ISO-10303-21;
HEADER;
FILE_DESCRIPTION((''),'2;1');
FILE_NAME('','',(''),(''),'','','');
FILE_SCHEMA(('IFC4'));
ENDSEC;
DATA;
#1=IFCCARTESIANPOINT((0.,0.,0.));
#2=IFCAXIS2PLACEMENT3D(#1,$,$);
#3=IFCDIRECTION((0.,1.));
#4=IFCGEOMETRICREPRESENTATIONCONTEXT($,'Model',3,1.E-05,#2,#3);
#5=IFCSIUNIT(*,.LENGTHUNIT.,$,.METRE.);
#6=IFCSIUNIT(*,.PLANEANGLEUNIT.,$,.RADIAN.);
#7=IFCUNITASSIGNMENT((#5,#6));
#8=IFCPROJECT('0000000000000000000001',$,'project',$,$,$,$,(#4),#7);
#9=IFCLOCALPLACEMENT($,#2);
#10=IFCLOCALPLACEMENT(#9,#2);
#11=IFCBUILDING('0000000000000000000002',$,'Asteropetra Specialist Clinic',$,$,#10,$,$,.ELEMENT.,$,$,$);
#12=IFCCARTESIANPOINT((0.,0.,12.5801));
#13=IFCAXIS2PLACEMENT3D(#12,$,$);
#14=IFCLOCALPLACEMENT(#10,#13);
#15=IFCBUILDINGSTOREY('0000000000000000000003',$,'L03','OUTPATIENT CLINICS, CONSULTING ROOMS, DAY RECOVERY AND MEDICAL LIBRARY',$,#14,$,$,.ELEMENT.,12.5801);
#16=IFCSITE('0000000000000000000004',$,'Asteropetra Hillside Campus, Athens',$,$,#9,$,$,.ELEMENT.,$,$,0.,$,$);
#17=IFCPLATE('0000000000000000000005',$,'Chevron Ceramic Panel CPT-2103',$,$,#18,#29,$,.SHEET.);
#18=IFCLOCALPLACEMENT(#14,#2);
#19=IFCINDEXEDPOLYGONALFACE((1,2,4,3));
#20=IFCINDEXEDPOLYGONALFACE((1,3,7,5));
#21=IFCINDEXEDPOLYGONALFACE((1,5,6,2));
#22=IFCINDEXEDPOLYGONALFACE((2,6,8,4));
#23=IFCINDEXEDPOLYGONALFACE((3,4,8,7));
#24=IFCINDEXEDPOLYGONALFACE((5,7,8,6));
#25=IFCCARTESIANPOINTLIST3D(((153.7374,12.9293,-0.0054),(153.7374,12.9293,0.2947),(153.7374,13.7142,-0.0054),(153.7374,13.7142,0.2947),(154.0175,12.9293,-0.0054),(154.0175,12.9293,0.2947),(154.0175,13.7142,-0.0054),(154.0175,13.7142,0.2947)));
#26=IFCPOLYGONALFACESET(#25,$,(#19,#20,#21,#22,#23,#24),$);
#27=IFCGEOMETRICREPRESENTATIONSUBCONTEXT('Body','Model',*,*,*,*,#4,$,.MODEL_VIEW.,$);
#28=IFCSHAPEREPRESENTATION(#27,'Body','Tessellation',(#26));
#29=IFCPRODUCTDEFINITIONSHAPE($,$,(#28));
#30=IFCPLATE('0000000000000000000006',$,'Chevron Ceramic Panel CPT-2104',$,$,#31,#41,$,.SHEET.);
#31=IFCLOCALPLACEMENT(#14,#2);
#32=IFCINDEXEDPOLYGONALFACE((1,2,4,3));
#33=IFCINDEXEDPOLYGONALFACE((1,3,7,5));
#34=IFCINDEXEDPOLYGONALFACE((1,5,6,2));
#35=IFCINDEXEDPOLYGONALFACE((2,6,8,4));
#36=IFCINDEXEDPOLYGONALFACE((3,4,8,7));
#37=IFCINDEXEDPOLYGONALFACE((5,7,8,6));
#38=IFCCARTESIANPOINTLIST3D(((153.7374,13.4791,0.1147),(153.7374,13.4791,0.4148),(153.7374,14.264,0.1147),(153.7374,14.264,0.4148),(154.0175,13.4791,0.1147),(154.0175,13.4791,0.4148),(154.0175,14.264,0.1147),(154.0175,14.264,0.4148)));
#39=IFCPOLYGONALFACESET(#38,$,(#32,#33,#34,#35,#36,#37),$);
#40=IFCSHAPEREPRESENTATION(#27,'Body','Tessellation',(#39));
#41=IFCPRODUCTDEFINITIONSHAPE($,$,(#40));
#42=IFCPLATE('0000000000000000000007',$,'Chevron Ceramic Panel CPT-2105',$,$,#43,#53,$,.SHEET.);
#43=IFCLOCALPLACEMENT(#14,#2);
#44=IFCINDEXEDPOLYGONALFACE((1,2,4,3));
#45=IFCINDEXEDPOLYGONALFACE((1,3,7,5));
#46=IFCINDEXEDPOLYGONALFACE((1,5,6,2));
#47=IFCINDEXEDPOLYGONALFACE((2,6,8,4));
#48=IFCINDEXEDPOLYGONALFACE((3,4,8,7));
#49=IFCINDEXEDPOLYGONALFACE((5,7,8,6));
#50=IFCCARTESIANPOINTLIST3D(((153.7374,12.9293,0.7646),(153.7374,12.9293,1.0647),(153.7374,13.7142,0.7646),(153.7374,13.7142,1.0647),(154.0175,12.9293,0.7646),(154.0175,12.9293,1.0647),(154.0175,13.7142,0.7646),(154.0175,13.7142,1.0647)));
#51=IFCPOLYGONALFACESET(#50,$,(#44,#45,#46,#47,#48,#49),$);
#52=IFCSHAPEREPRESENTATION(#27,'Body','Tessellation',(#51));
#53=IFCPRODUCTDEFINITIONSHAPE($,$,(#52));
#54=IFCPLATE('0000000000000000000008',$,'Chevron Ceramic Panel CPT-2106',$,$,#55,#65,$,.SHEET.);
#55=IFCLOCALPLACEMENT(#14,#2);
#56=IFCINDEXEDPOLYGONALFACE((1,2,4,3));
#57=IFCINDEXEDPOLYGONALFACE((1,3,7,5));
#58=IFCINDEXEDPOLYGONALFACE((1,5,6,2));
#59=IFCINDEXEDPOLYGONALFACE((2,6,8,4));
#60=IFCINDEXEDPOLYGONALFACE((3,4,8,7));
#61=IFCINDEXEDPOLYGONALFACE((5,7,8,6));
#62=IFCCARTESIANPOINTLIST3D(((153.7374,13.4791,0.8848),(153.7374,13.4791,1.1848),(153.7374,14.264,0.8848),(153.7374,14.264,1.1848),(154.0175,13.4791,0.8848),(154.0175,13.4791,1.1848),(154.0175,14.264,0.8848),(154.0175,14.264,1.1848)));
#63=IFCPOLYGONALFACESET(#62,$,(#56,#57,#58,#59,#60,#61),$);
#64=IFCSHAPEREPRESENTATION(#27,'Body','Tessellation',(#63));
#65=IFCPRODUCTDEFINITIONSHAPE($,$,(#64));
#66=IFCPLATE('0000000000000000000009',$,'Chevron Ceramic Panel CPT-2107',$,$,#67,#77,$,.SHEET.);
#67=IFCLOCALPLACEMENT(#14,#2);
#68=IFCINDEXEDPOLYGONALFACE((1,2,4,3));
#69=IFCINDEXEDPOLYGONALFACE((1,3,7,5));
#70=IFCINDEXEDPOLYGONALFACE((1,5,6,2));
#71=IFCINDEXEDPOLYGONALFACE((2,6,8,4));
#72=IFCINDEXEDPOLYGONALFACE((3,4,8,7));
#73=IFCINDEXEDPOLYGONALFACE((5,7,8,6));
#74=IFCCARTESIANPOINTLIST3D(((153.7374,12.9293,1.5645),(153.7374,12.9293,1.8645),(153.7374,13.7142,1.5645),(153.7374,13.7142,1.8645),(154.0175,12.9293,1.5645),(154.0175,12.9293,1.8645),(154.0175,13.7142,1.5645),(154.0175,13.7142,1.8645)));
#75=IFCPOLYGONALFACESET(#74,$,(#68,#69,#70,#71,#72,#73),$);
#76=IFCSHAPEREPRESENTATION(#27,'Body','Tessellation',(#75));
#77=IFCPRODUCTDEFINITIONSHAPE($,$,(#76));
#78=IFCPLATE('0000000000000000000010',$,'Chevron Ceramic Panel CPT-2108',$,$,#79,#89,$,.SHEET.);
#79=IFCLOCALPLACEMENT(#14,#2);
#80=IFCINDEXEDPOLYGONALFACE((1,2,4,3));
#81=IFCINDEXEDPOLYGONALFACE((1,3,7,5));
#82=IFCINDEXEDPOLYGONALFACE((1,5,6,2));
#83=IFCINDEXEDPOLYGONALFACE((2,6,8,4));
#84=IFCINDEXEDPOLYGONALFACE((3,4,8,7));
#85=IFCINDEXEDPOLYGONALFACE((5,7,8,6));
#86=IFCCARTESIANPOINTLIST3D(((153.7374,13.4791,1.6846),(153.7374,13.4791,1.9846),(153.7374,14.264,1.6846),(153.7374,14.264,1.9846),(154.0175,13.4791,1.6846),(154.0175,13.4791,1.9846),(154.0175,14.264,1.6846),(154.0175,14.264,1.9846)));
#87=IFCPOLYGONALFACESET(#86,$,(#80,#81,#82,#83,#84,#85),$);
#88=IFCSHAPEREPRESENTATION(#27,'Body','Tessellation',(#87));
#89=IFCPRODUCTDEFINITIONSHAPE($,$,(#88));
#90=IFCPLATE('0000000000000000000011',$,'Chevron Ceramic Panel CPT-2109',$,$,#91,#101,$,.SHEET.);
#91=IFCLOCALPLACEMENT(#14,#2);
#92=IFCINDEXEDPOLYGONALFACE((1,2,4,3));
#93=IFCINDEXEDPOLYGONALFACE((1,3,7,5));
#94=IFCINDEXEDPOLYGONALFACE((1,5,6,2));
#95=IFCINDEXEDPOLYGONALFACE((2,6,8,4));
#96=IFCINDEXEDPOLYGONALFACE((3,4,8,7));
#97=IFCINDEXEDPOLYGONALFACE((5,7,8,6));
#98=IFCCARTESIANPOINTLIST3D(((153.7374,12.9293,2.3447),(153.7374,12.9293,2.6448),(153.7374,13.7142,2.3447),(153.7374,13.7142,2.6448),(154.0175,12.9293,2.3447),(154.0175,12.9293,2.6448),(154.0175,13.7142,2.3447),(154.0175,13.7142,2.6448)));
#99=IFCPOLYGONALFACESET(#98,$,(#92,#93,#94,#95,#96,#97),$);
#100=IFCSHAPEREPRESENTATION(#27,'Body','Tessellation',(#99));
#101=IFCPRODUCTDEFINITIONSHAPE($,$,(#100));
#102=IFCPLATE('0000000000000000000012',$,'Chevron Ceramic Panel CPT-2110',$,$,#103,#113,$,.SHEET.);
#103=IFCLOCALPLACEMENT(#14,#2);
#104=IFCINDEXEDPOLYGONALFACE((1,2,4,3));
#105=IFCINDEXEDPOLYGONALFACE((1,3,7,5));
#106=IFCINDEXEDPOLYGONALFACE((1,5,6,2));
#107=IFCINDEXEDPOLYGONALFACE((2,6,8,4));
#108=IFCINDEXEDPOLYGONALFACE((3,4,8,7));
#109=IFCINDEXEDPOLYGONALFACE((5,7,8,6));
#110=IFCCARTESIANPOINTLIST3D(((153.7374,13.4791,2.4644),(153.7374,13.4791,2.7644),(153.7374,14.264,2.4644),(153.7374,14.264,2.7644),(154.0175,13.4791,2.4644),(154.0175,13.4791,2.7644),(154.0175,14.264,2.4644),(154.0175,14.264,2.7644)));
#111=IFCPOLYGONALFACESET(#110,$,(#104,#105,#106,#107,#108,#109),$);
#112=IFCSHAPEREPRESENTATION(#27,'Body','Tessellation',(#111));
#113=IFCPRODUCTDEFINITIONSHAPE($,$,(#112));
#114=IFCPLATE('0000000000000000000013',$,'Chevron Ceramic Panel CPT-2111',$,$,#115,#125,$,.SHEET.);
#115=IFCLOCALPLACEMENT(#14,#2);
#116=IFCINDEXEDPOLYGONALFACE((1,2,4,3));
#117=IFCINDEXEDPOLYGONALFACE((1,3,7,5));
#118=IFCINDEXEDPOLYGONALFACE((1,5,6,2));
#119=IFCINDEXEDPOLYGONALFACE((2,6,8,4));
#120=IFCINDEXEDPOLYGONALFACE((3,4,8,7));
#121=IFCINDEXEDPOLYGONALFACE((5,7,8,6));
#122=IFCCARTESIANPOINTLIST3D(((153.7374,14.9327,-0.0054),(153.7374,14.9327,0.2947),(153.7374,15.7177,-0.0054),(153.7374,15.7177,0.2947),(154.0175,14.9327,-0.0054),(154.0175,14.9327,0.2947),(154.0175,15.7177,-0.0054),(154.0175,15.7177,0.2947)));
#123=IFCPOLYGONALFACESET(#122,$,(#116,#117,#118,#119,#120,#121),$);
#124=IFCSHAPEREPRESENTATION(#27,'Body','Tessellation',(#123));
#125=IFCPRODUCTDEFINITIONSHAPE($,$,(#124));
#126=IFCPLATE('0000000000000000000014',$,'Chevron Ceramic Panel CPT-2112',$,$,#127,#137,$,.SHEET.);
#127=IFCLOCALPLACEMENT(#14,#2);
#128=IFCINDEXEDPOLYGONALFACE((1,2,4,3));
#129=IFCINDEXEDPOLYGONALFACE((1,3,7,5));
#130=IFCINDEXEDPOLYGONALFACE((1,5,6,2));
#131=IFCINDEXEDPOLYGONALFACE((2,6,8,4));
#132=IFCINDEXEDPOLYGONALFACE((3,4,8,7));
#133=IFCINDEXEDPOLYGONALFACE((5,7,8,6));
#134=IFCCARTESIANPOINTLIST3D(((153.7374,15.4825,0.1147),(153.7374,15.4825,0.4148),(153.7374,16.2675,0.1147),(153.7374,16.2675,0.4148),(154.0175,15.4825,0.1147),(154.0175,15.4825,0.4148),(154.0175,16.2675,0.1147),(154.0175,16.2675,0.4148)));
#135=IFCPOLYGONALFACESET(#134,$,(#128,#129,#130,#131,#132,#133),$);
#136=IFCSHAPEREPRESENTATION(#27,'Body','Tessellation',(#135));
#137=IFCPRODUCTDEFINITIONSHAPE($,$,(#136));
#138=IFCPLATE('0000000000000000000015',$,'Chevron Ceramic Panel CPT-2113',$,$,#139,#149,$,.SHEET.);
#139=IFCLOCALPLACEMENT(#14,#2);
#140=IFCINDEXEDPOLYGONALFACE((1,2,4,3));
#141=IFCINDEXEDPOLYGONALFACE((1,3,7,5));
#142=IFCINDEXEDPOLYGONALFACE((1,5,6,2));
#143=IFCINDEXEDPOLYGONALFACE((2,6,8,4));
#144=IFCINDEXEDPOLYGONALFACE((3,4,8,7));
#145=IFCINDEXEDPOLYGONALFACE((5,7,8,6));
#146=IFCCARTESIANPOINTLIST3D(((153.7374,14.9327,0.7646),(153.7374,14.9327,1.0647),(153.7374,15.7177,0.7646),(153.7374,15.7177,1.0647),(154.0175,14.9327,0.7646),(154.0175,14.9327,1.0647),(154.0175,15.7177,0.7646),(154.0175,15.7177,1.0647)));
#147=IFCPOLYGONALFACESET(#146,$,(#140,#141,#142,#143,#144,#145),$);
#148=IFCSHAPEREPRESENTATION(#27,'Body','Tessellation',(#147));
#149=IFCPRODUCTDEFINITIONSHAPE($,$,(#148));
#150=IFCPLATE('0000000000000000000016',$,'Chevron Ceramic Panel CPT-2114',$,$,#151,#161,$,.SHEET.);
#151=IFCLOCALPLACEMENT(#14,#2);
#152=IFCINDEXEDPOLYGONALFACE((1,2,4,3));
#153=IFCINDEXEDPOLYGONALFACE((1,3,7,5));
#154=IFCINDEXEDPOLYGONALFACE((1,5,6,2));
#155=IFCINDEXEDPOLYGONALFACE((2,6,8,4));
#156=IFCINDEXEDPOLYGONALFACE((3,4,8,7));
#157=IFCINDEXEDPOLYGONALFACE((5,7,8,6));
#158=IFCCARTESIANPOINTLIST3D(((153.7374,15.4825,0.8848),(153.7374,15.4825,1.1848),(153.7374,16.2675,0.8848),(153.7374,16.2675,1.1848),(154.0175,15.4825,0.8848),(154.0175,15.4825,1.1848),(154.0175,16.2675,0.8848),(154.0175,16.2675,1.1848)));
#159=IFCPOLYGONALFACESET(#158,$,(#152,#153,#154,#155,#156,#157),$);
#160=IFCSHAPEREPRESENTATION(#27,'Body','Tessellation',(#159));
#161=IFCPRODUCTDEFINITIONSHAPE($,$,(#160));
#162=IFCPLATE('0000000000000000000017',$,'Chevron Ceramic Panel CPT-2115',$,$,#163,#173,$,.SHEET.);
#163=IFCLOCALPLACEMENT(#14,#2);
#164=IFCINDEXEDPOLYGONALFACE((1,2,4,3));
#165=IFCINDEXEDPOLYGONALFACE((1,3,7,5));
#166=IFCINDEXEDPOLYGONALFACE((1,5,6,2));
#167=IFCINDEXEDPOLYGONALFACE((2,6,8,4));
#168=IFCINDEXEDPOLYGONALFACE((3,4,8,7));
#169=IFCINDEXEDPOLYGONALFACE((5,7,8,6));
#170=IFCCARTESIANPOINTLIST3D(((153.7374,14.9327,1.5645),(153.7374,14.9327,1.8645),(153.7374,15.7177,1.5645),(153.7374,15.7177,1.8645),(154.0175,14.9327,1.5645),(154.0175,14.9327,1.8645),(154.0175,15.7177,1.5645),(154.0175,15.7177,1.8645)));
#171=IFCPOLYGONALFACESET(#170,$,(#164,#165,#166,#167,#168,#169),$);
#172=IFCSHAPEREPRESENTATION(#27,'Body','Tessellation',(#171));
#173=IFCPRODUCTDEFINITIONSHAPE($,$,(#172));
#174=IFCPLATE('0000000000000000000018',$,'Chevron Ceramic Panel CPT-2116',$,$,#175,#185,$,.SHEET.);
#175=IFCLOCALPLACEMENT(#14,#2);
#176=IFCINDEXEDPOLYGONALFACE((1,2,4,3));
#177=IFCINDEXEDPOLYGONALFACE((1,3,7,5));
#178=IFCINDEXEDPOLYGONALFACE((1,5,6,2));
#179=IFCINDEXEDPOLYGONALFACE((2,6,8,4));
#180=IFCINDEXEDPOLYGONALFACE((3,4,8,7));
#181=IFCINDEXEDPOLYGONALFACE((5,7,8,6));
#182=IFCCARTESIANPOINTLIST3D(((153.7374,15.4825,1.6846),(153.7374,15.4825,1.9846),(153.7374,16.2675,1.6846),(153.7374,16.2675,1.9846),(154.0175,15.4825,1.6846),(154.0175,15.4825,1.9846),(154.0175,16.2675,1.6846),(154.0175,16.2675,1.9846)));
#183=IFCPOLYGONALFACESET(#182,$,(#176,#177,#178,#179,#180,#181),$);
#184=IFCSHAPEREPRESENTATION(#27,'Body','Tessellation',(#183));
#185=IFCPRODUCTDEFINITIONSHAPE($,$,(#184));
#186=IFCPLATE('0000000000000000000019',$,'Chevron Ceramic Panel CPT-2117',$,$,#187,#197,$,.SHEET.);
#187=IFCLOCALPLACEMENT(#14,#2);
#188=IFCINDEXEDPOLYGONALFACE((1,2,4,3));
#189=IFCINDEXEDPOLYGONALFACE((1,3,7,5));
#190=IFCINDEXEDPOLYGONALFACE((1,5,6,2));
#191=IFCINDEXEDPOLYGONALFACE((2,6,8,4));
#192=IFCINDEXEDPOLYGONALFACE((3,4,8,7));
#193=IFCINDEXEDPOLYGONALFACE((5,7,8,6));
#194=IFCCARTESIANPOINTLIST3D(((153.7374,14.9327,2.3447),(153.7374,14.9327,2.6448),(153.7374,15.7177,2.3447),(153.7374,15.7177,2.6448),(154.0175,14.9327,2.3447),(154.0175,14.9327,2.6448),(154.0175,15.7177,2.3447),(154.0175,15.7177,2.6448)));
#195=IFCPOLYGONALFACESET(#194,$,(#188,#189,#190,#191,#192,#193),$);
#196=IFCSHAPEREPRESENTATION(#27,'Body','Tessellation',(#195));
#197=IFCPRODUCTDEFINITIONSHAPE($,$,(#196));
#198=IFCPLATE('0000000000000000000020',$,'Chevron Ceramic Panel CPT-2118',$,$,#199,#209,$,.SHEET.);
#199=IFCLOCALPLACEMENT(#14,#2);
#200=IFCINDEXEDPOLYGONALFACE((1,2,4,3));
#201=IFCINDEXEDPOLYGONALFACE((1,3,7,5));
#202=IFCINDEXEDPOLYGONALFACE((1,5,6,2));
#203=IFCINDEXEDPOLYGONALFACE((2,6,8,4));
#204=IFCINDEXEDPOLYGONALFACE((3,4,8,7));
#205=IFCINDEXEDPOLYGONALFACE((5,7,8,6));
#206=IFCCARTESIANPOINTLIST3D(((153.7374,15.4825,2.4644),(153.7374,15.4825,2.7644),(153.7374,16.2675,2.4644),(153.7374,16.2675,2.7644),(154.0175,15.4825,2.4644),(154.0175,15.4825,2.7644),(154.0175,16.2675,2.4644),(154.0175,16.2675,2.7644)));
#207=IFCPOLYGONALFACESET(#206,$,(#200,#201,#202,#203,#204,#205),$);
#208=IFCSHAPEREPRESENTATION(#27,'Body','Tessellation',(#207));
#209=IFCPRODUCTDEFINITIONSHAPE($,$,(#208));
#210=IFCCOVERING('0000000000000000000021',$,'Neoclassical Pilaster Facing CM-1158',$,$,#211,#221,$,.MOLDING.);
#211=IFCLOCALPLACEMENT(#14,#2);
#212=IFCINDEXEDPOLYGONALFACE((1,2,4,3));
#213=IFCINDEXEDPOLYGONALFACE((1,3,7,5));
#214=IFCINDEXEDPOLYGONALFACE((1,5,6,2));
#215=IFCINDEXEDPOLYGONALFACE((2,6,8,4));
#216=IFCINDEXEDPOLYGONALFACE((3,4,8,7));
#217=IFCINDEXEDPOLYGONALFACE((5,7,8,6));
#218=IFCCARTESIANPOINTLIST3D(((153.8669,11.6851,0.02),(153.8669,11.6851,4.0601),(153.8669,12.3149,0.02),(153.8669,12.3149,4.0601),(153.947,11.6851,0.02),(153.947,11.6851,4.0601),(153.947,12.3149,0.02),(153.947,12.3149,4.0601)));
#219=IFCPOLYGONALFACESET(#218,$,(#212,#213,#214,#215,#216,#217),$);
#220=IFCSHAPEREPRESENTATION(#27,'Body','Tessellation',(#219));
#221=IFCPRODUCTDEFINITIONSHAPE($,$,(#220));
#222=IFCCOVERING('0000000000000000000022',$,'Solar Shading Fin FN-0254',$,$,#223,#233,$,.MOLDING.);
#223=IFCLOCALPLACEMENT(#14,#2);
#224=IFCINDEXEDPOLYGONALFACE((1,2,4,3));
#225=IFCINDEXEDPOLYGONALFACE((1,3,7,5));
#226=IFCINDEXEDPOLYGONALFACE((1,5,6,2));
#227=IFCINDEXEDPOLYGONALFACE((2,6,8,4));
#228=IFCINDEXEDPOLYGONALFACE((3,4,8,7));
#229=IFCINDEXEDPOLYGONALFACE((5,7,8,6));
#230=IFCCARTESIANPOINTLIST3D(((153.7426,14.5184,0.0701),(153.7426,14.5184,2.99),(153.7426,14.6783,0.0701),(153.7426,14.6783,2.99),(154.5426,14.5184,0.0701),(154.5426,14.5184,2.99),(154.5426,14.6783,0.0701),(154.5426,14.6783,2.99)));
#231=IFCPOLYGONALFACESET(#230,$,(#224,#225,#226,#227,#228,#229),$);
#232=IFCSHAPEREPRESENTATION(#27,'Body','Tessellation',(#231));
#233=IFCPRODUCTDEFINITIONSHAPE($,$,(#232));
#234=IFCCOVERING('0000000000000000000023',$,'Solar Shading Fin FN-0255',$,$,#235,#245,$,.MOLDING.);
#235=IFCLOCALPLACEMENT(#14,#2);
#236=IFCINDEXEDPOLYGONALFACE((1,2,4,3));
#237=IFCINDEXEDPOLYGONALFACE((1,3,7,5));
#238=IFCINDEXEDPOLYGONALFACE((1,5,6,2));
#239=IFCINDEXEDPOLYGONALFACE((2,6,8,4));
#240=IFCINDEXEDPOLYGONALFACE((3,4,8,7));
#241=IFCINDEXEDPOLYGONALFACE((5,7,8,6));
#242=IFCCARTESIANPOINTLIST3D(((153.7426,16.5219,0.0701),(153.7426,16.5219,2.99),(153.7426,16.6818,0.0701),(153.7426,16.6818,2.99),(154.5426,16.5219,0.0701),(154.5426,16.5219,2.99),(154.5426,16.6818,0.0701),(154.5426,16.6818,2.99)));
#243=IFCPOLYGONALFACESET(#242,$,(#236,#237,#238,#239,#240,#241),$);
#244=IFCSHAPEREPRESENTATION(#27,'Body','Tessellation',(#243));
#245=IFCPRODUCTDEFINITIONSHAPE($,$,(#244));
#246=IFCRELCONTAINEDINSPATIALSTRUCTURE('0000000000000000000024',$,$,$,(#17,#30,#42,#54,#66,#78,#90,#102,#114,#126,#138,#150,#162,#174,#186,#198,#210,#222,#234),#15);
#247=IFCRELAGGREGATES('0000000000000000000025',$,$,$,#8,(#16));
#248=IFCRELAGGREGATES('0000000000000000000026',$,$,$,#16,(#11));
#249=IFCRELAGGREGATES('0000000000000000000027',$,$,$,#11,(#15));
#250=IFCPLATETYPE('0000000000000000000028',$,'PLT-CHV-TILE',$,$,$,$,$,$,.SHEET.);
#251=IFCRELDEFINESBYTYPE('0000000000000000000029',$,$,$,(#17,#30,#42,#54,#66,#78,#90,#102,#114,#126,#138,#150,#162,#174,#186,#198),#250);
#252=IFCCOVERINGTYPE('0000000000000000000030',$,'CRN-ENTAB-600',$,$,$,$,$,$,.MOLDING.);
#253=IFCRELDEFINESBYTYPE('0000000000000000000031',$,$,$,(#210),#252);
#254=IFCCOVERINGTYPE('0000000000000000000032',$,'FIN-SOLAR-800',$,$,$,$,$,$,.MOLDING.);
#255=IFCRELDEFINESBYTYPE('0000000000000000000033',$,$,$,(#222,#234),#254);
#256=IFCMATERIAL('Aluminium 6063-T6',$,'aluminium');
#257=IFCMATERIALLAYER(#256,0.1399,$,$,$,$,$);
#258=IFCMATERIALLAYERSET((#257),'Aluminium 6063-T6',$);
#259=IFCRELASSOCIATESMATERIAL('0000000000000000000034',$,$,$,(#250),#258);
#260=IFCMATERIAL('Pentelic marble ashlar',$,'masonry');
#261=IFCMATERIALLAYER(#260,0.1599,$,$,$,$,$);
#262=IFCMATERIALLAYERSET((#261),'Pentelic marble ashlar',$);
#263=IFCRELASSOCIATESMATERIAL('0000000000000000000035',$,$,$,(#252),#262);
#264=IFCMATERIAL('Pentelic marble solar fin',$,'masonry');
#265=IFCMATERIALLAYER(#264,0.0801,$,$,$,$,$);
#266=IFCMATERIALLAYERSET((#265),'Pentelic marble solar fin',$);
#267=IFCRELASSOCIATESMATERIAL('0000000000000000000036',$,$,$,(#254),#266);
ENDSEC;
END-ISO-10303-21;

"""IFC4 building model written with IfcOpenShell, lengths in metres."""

from ifc_helpers import new_model, si_unit, direction, frame, origin, origin_2d, place, context, subcontext, project, spatial, rectangle, extrude, material, layer, layer_set, type_object, element, save


model = new_model("IFC4")

# Units and contexts
model_context = context("Model", 3, precision=1e-05, world=origin(), true_north=direction((0.0, 1.0)))
body_context = subcontext(model_context, "Body", "Model", "MODEL_VIEW")
ifc_project = project(units=[si_unit("LENGTHUNIT", "METRE"), si_unit("PLANEANGLEUNIT", "RADIAN")], contexts=[model_context])

# Site, building, storey
site_placement = place(None, origin())
site = spatial("IfcSite", under=ifc_project, at=site_placement, Name="Asteropetra Hillside Campus, Athens", CompositionType="ELEMENT", RefElevation=0.0)
building_placement = place(site_placement, origin())
building = spatial("IfcBuilding", under=site, at=building_placement, Name="Asteropetra Specialist Clinic", CompositionType="ELEMENT")
storey_placement = place(building_placement, frame((0.0, 0.0, 12.5801)))
storey = spatial("IfcBuildingStorey", under=building, at=storey_placement, Name="L03", Description="OUTPATIENT CLINICS, CONSULTING ROOMS, DAY RECOVERY AND MEDICAL LIBRARY", CompositionType="ELEMENT", Elevation=12.5801)

# Plates
ifc_material_1 = material(Name="Aluminium 6063-T6", Category="aluminium")
ifc_layer_1 = layer(ifc_material_1, 0.1399)
ifc_layer_set_1 = layer_set([ifc_layer_1], Name="Aluminium 6063-T6")
plate_type_1 = type_object("IfcPlateType", Name="PLT-CHV-TILE", PredefinedType="SHEET", material=ifc_layer_set_1)
for number, where, z_axis, x_axis, name in (
    (1, (153.8774, 13.3218, -0.0054), (0.0, 0.0, 1.0), (1.0, 0.0, 0.0), "Chevron Ceramic Panel CPT-2103"),
    (2, (153.8774, 13.8716, 0.1147), (0.0, 0.0, 1.0), (1.0, 0.0, 0.0), "Chevron Ceramic Panel CPT-2104"),
    (3, (153.8774, 13.3218, 0.7646), (0.0, 0.0, 1.0), (1.0, 0.0, 0.0), "Chevron Ceramic Panel CPT-2105"),
    (4, (153.8774, 13.8716, 0.8848), (0.0, 0.0, 1.0), (1.0, 0.0, 0.0), "Chevron Ceramic Panel CPT-2106"),
    (5, (153.8774, 13.3218, 1.5645), (0.0, 0.0, 1.0), (1.0, 0.0, 0.0), "Chevron Ceramic Panel CPT-2107"),
    (6, (153.8774, 13.8716, 1.6846), (0.0, 0.0, 1.0), (1.0, 0.0, 0.0), "Chevron Ceramic Panel CPT-2108"),
    (7, (153.8774, 13.3218, 2.3447), (0.0, 0.0, 1.0), (1.0, 0.0, 0.0), "Chevron Ceramic Panel CPT-2109"),
    (8, (153.8774, 13.8716, 2.4644), (0.0, 0.0, 1.0), (1.0, 0.0, 0.0), "Chevron Ceramic Panel CPT-2110"),
    (9, (153.8774, 15.3252, -0.0054), (0.0, 0.0, 1.0), (1.0, 0.0, 0.0), "Chevron Ceramic Panel CPT-2111"),
    (10, (153.8774, 15.875, 0.1147), (0.0, 0.0, 1.0), (1.0, 0.0, 0.0), "Chevron Ceramic Panel CPT-2112"),
    (11, (153.8774, 15.3252, 0.7646), (0.0, 0.0, 1.0), (1.0, 0.0, 0.0), "Chevron Ceramic Panel CPT-2113"),
    (12, (153.8774, 15.875, 0.8848), (0.0, 0.0, 1.0), (1.0, 0.0, 0.0), "Chevron Ceramic Panel CPT-2114"),
    (13, (153.8774, 15.3252, 1.5645), (0.0, 0.0, 1.0), (1.0, 0.0, 0.0), "Chevron Ceramic Panel CPT-2115"),
    (14, (153.8774, 15.875, 1.6846), (0.0, 0.0, 1.0), (1.0, 0.0, 0.0), "Chevron Ceramic Panel CPT-2116"),
    (15, (153.8774, 15.3252, 2.3447), (0.0, 0.0, 1.0), (1.0, 0.0, 0.0), "Chevron Ceramic Panel CPT-2117"),
    (16, (153.8774, 15.875, 2.4644), (0.0, 0.0, 1.0), (1.0, 0.0, 0.0), "Chevron Ceramic Panel CPT-2118"),
):
    element("IfcPlate", number, at=place(storey_placement, frame(where, z_axis=z_axis, x_axis=x_axis)), inside=storey, type_object=plate_type_1, Name=name, PredefinedType="SHEET", context=body_context, shape_type="SweptSolid", body=[
        extrude(rectangle(XDim=0.28, YDim=0.7849, at=origin_2d()), origin(), (0.0, 0.0, 1.0), 0.3),
    ])

# Coverings
ifc_material_2 = material(Name="Pentelic marble ashlar", Category="masonry")
ifc_layer_2 = layer(ifc_material_2, 0.1599)
ifc_layer_set_2 = layer_set([ifc_layer_2], Name="Pentelic marble ashlar")
covering_type_1 = type_object("IfcCoveringType", Name="CRN-ENTAB-600", PredefinedType="MOLDING", material=ifc_layer_set_2)
covering_placement = place(storey_placement, frame((153.907, 12.0, 0.02), z_axis=(0.0, 0.0, 1.0), x_axis=(1.0, 0.0, 0.0)))
element("IfcCovering", 17, at=covering_placement, inside=storey, type_object=covering_type_1, Name="Neoclassical Pilaster Facing CM-1158", PredefinedType="MOLDING", context=body_context, shape_type="SweptSolid", body=[
    extrude(rectangle(XDim=0.0801, YDim=0.6299, at=origin_2d()), origin(), (0.0, 0.0, 1.0), 4.04),
])
ifc_material_3 = material(Name="Pentelic marble solar fin", Category="masonry")
ifc_layer_3 = layer(ifc_material_3, 0.0801)
ifc_layer_set_3 = layer_set([ifc_layer_3], Name="Pentelic marble solar fin")
covering_type_2 = type_object("IfcCoveringType", Name="FIN-SOLAR-800", PredefinedType="MOLDING", material=ifc_layer_set_3)
for number, where, z_axis, x_axis, name in (
    (18, (154.1426, 14.5984, 0.0701), (0.0, 0.0, 1.0), (1.0, 0.0, 0.0), "Solar Shading Fin FN-0254"),
    (19, (154.1426, 16.6018, 0.0701), (0.0, 0.0, 1.0), (1.0, 0.0, 0.0), "Solar Shading Fin FN-0255"),
):
    element("IfcCovering", number, at=place(storey_placement, frame(where, z_axis=z_axis, x_axis=x_axis)), inside=storey, type_object=covering_type_2, Name=name, PredefinedType="MOLDING", context=body_context, shape_type="SweptSolid", body=[
        extrude(rectangle(XDim=0.8, YDim=0.1599, at=origin_2d()), origin(), (0.0, 0.0, 1.0), 2.9199),
    ])

save(model, "model.ifc")
